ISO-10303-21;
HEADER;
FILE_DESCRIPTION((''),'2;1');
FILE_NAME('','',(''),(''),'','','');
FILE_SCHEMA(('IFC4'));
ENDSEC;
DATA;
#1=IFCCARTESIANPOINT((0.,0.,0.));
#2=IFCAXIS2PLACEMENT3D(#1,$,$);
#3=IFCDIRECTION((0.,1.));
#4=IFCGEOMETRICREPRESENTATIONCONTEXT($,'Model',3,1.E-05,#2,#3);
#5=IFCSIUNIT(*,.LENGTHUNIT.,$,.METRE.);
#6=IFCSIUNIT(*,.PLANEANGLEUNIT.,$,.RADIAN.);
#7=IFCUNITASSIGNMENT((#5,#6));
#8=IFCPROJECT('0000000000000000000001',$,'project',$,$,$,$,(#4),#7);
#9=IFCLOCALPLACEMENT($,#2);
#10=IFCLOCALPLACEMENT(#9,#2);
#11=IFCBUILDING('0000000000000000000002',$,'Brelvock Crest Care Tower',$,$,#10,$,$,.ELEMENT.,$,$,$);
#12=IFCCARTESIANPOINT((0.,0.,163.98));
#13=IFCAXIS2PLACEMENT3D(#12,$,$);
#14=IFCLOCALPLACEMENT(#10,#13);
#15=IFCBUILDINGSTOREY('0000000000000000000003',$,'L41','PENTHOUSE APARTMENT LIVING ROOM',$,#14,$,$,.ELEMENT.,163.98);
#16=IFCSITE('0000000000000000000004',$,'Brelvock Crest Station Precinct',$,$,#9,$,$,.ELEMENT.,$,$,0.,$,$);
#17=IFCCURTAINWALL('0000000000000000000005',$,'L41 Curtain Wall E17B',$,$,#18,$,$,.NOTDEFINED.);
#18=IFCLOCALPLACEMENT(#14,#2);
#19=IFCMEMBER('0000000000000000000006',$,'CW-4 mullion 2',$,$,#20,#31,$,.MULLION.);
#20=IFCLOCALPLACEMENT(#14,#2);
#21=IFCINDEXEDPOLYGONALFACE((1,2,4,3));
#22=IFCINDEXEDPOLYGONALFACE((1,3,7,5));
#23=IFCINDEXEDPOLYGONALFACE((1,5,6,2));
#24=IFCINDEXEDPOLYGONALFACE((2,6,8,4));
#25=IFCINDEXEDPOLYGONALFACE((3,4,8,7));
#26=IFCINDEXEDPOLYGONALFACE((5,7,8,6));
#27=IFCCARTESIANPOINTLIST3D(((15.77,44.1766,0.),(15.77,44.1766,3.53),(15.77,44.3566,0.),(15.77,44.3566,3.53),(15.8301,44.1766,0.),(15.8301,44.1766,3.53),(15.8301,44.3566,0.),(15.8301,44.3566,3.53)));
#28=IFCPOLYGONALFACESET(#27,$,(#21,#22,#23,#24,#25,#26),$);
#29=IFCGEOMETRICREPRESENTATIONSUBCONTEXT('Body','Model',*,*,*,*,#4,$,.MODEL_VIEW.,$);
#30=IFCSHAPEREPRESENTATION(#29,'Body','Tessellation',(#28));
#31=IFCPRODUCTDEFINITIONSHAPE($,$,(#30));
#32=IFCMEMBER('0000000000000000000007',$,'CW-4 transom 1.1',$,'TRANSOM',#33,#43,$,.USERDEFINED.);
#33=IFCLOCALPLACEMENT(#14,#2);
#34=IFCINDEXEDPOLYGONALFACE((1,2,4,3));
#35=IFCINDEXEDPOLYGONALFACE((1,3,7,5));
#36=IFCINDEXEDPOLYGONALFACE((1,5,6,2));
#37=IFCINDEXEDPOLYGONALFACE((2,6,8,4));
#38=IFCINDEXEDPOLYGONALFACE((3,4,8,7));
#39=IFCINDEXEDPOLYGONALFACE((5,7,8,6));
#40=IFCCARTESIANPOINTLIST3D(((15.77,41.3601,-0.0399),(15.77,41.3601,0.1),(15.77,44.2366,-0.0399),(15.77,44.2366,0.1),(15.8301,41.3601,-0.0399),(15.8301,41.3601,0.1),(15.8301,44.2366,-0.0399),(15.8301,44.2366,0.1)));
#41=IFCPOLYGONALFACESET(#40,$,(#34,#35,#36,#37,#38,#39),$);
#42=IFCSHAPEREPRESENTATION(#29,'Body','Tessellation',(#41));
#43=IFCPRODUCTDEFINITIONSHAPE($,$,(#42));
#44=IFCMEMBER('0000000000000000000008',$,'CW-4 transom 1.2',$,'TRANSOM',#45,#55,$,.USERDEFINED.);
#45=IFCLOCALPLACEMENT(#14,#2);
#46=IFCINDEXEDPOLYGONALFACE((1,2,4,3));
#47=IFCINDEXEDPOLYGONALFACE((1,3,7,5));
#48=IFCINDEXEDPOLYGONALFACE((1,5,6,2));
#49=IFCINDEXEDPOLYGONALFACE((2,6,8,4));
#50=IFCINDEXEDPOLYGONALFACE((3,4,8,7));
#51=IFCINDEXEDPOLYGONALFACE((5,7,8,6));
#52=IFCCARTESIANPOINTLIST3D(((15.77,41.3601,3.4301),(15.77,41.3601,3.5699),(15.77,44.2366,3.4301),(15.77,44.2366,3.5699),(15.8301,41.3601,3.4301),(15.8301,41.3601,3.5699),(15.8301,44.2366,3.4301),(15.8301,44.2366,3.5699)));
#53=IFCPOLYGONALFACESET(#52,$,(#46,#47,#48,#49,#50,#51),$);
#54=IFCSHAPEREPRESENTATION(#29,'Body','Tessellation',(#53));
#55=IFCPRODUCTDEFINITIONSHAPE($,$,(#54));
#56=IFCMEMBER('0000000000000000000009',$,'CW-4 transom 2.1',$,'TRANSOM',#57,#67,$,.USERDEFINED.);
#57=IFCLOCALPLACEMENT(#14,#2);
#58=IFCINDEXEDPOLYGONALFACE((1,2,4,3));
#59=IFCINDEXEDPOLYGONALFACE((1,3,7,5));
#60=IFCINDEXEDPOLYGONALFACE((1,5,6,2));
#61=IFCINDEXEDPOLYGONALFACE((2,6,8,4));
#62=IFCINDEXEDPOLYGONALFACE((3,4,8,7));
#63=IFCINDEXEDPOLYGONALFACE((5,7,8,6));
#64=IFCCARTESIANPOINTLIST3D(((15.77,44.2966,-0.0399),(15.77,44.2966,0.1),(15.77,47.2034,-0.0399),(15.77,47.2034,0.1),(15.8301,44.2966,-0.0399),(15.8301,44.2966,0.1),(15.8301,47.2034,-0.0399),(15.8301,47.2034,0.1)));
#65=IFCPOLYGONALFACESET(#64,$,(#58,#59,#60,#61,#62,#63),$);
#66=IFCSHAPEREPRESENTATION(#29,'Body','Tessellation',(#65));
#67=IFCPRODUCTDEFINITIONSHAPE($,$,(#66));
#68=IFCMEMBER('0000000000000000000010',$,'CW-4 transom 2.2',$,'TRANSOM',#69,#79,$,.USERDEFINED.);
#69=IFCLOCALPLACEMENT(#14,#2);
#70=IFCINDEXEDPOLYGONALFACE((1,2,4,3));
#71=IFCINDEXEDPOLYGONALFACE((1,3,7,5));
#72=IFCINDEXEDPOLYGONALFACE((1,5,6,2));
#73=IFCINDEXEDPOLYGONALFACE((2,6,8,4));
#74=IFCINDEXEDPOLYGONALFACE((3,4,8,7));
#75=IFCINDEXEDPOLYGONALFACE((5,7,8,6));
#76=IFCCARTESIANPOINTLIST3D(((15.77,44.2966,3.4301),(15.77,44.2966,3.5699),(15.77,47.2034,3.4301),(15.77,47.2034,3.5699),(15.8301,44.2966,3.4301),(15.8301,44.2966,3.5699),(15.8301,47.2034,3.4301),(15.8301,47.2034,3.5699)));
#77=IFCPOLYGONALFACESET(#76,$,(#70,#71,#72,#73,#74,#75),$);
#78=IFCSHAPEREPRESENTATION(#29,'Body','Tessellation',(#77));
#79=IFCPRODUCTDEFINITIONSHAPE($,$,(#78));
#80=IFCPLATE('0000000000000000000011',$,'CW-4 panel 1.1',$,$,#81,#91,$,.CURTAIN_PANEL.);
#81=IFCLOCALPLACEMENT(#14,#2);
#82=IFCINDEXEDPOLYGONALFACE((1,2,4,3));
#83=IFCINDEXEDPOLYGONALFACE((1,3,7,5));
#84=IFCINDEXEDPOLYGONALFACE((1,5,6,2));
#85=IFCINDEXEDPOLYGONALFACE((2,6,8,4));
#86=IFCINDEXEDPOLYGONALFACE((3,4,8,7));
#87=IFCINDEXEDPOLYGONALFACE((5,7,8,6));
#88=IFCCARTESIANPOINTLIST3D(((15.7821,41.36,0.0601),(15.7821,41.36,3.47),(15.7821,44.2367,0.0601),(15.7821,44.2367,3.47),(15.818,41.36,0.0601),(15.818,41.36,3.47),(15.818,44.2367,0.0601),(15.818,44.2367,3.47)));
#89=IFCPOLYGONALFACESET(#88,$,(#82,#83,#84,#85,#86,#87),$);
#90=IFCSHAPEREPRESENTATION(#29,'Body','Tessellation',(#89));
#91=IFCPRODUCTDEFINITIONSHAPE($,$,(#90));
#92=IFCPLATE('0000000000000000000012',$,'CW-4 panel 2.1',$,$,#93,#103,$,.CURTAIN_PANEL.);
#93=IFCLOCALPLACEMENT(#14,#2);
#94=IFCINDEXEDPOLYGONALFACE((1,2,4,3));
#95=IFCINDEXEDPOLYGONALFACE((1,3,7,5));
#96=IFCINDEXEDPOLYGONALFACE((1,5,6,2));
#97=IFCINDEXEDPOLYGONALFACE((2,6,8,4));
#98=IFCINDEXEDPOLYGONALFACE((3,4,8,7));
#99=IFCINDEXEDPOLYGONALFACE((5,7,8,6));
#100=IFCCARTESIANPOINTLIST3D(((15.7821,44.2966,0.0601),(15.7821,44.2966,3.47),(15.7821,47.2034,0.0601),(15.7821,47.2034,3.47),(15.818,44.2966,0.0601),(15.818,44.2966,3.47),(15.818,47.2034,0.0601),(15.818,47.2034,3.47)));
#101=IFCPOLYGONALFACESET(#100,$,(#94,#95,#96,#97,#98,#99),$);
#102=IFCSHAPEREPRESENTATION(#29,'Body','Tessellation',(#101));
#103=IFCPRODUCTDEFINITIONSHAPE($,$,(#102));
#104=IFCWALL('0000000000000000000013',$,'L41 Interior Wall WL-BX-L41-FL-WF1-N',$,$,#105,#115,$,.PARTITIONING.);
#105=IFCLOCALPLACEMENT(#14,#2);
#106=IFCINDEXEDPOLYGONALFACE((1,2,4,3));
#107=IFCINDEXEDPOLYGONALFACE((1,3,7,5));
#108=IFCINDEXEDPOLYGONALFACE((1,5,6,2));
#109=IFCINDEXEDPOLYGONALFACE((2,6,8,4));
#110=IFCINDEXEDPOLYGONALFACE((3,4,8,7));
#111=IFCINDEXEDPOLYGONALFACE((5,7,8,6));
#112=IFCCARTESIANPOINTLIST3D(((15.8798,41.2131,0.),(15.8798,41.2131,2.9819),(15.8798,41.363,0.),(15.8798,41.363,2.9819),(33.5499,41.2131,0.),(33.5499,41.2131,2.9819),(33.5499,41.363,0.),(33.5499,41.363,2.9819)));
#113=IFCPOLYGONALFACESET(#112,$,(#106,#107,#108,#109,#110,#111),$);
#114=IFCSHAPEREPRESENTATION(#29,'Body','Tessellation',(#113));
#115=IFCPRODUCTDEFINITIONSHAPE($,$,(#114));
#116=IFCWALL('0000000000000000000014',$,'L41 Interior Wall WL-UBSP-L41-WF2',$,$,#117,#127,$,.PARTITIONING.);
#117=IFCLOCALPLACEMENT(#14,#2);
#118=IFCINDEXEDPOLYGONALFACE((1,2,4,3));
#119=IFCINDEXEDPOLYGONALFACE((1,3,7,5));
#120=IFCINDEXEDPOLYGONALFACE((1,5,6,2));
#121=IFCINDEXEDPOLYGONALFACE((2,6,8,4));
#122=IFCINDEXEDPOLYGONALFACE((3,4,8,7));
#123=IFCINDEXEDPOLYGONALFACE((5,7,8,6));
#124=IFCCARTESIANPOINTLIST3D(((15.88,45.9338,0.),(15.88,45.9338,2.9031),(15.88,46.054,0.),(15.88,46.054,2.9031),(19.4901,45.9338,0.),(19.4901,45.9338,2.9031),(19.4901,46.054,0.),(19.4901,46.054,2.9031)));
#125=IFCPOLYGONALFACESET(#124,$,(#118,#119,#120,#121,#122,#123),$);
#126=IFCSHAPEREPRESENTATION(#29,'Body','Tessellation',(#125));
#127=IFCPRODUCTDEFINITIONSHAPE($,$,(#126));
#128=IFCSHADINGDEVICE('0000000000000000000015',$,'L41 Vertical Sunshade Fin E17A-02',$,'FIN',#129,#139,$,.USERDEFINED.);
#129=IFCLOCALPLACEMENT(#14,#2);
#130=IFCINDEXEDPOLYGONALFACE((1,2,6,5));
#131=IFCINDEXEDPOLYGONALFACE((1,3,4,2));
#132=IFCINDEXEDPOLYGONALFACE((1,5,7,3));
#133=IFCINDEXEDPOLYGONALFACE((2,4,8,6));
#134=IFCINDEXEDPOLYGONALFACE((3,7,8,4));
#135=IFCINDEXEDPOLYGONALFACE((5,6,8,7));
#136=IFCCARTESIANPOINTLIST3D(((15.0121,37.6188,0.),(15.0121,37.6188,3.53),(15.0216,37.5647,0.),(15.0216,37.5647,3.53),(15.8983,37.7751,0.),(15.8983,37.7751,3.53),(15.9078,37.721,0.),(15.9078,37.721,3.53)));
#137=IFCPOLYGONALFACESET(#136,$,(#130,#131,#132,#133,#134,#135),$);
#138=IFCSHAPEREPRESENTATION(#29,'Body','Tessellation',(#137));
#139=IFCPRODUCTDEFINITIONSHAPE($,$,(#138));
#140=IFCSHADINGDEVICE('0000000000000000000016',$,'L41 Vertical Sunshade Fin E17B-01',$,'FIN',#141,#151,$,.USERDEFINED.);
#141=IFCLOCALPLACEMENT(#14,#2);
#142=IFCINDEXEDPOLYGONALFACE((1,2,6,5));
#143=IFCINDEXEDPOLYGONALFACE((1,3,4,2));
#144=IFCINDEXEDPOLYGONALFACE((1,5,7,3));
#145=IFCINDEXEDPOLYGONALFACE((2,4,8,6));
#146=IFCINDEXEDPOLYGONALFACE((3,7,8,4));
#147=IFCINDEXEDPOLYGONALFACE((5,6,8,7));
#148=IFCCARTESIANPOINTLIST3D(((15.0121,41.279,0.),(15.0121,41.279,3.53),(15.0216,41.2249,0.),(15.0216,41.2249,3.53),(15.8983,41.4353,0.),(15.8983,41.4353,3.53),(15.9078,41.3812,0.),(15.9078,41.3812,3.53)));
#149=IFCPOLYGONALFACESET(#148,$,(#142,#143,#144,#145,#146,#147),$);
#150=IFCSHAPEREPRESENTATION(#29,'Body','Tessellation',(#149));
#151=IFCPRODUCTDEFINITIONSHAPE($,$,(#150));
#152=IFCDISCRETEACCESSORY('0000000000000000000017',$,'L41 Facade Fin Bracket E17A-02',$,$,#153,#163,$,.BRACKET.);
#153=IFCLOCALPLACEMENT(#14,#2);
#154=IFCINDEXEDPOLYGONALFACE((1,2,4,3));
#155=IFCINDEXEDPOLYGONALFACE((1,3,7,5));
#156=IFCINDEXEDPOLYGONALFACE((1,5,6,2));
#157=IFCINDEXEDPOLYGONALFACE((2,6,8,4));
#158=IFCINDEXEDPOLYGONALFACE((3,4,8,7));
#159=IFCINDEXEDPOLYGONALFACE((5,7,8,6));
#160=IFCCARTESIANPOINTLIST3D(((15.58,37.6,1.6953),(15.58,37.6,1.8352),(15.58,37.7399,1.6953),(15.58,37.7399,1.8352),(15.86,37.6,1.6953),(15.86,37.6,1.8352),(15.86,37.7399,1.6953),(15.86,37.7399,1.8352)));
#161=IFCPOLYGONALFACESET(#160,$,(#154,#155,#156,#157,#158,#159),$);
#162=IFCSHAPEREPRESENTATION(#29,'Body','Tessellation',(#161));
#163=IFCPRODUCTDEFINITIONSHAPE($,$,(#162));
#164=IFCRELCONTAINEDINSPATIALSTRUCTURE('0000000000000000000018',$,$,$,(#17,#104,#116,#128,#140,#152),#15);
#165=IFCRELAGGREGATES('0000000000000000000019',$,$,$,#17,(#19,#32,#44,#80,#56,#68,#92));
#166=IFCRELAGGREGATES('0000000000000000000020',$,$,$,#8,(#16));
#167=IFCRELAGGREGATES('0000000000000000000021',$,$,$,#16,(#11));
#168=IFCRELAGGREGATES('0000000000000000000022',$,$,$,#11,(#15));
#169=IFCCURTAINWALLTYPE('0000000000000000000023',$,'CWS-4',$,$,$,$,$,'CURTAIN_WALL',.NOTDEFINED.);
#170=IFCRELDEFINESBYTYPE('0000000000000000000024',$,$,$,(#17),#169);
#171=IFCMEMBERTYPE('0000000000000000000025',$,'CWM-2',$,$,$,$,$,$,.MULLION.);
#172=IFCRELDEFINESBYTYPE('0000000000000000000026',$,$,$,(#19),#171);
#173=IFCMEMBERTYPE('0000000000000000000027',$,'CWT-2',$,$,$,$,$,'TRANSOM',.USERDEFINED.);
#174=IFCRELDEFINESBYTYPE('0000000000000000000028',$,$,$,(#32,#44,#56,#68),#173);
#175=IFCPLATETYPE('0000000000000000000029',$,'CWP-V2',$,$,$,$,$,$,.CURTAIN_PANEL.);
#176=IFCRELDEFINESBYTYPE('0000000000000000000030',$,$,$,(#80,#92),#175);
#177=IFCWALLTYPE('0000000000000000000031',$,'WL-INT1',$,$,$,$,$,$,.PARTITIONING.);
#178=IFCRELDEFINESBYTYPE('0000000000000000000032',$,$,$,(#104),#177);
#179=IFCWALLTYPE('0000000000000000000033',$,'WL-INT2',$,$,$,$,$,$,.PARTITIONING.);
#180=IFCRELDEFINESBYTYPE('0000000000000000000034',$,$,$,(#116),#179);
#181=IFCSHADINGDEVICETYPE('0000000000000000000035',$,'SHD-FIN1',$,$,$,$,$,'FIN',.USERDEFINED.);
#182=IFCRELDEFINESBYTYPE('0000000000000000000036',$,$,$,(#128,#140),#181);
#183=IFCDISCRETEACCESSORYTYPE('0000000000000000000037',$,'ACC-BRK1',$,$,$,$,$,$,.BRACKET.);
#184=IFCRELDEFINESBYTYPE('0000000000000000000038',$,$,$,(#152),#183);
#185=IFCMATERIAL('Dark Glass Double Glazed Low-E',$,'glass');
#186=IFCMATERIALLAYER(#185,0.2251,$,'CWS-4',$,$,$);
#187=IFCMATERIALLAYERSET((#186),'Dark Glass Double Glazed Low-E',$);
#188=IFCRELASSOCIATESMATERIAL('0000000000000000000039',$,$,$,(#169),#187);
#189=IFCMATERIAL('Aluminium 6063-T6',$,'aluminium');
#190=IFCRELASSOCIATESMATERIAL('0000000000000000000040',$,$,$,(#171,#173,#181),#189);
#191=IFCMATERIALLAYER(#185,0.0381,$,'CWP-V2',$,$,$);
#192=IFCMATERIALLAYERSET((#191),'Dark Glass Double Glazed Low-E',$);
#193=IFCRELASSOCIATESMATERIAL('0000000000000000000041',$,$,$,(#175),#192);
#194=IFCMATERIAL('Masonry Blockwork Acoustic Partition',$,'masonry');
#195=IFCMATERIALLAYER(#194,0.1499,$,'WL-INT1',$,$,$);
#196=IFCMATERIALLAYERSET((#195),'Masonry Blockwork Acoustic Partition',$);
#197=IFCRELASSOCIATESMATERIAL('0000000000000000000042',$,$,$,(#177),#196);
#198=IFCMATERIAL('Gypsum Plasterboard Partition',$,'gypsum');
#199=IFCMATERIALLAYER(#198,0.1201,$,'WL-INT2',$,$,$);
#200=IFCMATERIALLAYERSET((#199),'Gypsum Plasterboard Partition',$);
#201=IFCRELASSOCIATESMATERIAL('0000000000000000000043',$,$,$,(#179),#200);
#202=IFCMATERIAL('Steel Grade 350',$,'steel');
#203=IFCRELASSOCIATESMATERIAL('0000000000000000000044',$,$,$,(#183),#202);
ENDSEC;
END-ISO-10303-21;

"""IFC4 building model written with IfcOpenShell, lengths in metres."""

from ifc_helpers import new_model, si_unit, direction, frame, frame_2d, origin, origin_2d, place, context, subcontext, project, spatial, rectangle, extrude, source, transform, mapped, material, layer, layer_set, material_profile, profile_set, type_object, element, aggregate, save


model = new_model("IFC4")

# Units and contexts
model_context = context("Model", 3, precision=1e-05, world=origin(), true_north=direction((0.0, 1.0)))
body_context = subcontext(model_context, "Body", "Model", "MODEL_VIEW")
ifc_project = project(units=[si_unit("LENGTHUNIT", "METRE"), si_unit("PLANEANGLEUNIT", "RADIAN")], contexts=[model_context])

# Site, building, storey
site_placement = place(None, origin())
site = spatial("IfcSite", under=ifc_project, at=site_placement, Name="Brelvock Crest Station Precinct", CompositionType="ELEMENT", RefElevation=0.0)
building_placement = place(site_placement, origin())
building = spatial("IfcBuilding", under=site, at=building_placement, Name="Brelvock Crest Care Tower", CompositionType="ELEMENT")
storey_placement = place(building_placement, frame((0.0, 0.0, 163.98)))
storey = spatial("IfcBuildingStorey", under=building, at=storey_placement, Name="L41", Description="PENTHOUSE APARTMENT LIVING ROOM", CompositionType="ELEMENT", Elevation=163.98)

# Shared definitions
ifc_material_1 = material(Name="Steel Grade 350", Category="steel")

# Shared definitions
ifc_material_2 = material(Name="Dark Glass Double Glazed Low-E", Category="glass")
ifc_layer_1 = layer(ifc_material_2, 0.2251, Name="CWS-4")
ifc_layer_set_1 = layer_set([ifc_layer_1], Name="Dark Glass Double Glazed Low-E")
curtain_wall_type = type_object("IfcCurtainWallType", Name="CWS-4", ElementType="CURTAIN_WALL", PredefinedType="NOTDEFINED", material=ifc_layer_set_1)
ifc_material_3 = material(Name="Aluminium 6063-T6", Category="aluminium")
ifc_material_profile_1 = material_profile(ifc_material_3, rectangle(XDim=0.0601, YDim=0.1799, at=origin_2d()), Name="ALU60x180")
ifc_profile_set_1 = profile_set([ifc_material_profile_1], Name="Aluminium 6063-T6")
member_type_1 = type_object("IfcMemberType", Name="CWM-2", PredefinedType="MULLION", material=ifc_profile_set_1)
shared_shape_1 = source(origin(), body_context, "Body", "SweptSolid", [
    extrude(rectangle(XDim=0.0601, YDim=0.1799, at=origin_2d()), origin(), (0.0, 0.0, 1.0), 3.53),
])

# Curtain wall, members, plates
curtain_wall_1_placement = place(storey_placement, origin())
curtain_wall_1 = element("IfcCurtainWall", 1, at=curtain_wall_1_placement, inside=storey, type_object=curtain_wall_type, Name="L41 Curtain Wall E17B", PredefinedType="NOTDEFINED")
member_1_placement = place(storey_placement, frame((15.8, 44.2666, 0.0), z_axis=(0.0, 0.0, 1.0), x_axis=(-1.0, 0.0, 0.0)))
member_1 = element("IfcMember", 2, at=member_1_placement, type_object=member_type_1, Name="CW-4 mullion 2", PredefinedType="MULLION", context=body_context, shape_type="MappedRepresentation", body=[
    mapped(shared_shape_1, transform((0.0, 0.0, 0.0), x_axis=(1.0, 0.0, 0.0), y_axis=(0.0, 1.0, 0.0), z_axis=(0.0, 0.0, 1.0), scale=1.0)),
])
ifc_material_profile_2 = material_profile(ifc_material_3, rectangle(XDim=0.0601, YDim=0.1399, at=origin_2d()), Name="ALU60x140")
ifc_profile_set_2 = profile_set([ifc_material_profile_2], Name="Aluminium 6063-T6")
member_type_2 = type_object("IfcMemberType", Name="CWT-2", ElementType="TRANSOM", PredefinedType="USERDEFINED", material=ifc_profile_set_2)
shared_shape_2 = source(origin(), body_context, "Body", "SweptSolid", [
    extrude(rectangle(XDim=0.0601, YDim=0.1399, at=origin_2d()), origin(), (0.0, 0.0, 1.0), 2.8765),
])
member_2_placement = place(storey_placement, frame((15.8, 41.3601, 0.03), z_axis=(0.0, 1.0, 0.0), x_axis=(-1.0, 0.0, 0.0)))
member_2 = element("IfcMember", 3, at=member_2_placement, type_object=member_type_2, Name="CW-4 transom 1.1", ObjectType="TRANSOM", PredefinedType="USERDEFINED", context=body_context, shape_type="MappedRepresentation", body=[
    mapped(shared_shape_2, transform((0.0, 0.0, 0.0), x_axis=(1.0, 0.0, 0.0), y_axis=(0.0, 1.0, 0.0), z_axis=(0.0, 0.0, 1.0), scale=1.0)),
])
member_3_placement = place(storey_placement, frame((15.8, 41.3601, 3.5), z_axis=(0.0, 1.0, 0.0), x_axis=(-1.0, 0.0, 0.0)))
member_3 = element("IfcMember", 4, at=member_3_placement, type_object=member_type_2, Name="CW-4 transom 1.2", ObjectType="TRANSOM", PredefinedType="USERDEFINED", context=body_context, shape_type="MappedRepresentation", body=[
    mapped(shared_shape_2, transform((0.0, 0.0, 0.0), x_axis=(1.0, 0.0, 0.0), y_axis=(0.0, 1.0, 0.0), z_axis=(0.0, 0.0, 1.0), scale=1.0)),
])
shared_shape_3 = source(origin(), body_context, "Body", "SweptSolid", [
    extrude(rectangle(XDim=0.0601, YDim=0.1399, at=origin_2d()), origin(), (0.0, 0.0, 1.0), 2.9067),
])
member_4_placement = place(storey_placement, frame((15.8, 44.2966, 0.03), z_axis=(0.0, 1.0, 0.0), x_axis=(-1.0, 0.0, 0.0)))
member_4 = element("IfcMember", 5, at=member_4_placement, type_object=member_type_2, Name="CW-4 transom 2.1", ObjectType="TRANSOM", PredefinedType="USERDEFINED", context=body_context, shape_type="MappedRepresentation", body=[
    mapped(shared_shape_3, transform((0.0, 0.0, 0.0), x_axis=(1.0, 0.0, 0.0), y_axis=(0.0, 1.0, 0.0), z_axis=(0.0, 0.0, 1.0), scale=1.0)),
])
member_5_placement = place(storey_placement, frame((15.8, 44.2966, 3.5), z_axis=(0.0, 1.0, 0.0), x_axis=(-1.0, 0.0, 0.0)))
member_5 = element("IfcMember", 6, at=member_5_placement, type_object=member_type_2, Name="CW-4 transom 2.2", ObjectType="TRANSOM", PredefinedType="USERDEFINED", context=body_context, shape_type="MappedRepresentation", body=[
    mapped(shared_shape_3, transform((0.0, 0.0, 0.0), x_axis=(1.0, 0.0, 0.0), y_axis=(0.0, 1.0, 0.0), z_axis=(0.0, 0.0, 1.0), scale=1.0)),
])
ifc_layer_2 = layer(ifc_material_2, 0.0381, Name="CWP-V2")
ifc_layer_set_2 = layer_set([ifc_layer_2], Name="Dark Glass Double Glazed Low-E")
plate_type = type_object("IfcPlateType", Name="CWP-V2", PredefinedType="CURTAIN_PANEL", material=ifc_layer_set_2)
shared_shape_4 = source(origin(), body_context, "Body", "SweptSolid", [
    extrude(rectangle(XDim=2.8767, YDim=0.0359, at=origin_2d()), origin(), (0.0, 0.0, 1.0), 3.4099),
])
plate_1_placement = place(storey_placement, frame((15.8, 42.7983, 0.0601), z_axis=(0.0, 0.0, 1.0), x_axis=(0.0, 1.0, 0.0)))
plate_1 = element("IfcPlate", 7, at=plate_1_placement, type_object=plate_type, Name="CW-4 panel 1.1", PredefinedType="CURTAIN_PANEL", context=body_context, shape_type="MappedRepresentation", body=[
    mapped(shared_shape_4, transform((0.0, 0.0, 0.0), x_axis=(1.0, 0.0, 0.0), y_axis=(0.0, 1.0, 0.0), z_axis=(0.0, 0.0, 1.0), scale=1.0)),
])
shared_shape_5 = source(origin(), body_context, "Body", "SweptSolid", [
    extrude(rectangle(XDim=2.9067, YDim=0.0359, at=origin_2d()), origin(), (0.0, 0.0, 1.0), 3.4099),
])
plate_2_placement = place(storey_placement, frame((15.8, 45.75, 0.0601), z_axis=(0.0, 0.0, 1.0), x_axis=(0.0, 1.0, 0.0)))
plate_2 = element("IfcPlate", 8, at=plate_2_placement, type_object=plate_type, Name="CW-4 panel 2.1", PredefinedType="CURTAIN_PANEL", context=body_context, shape_type="MappedRepresentation", body=[
    mapped(shared_shape_5, transform((0.0, 0.0, 0.0), x_axis=(1.0, 0.0, 0.0), y_axis=(0.0, 1.0, 0.0), z_axis=(0.0, 0.0, 1.0), scale=1.0)),
])
aggregate(curtain_wall_1, [member_1, member_2, member_3, plate_1, member_4, member_5, plate_2])

# Walls
ifc_material_4 = material(Name="Masonry Blockwork Acoustic Partition", Category="masonry")
ifc_layer_3 = layer(ifc_material_4, 0.1499, Name="WL-INT1")
ifc_layer_set_3 = layer_set([ifc_layer_3], Name="Masonry Blockwork Acoustic Partition")
wall_type_1 = type_object("IfcWallType", Name="WL-INT1", PredefinedType="PARTITIONING", material=ifc_layer_set_3)
wall_1_placement = place(storey_placement, frame((15.8799, 41.2881, 0.0), z_axis=(0.0, 0.0, 1.0), x_axis=(1.0, 0.0, 0.0)))
element("IfcWall", 9, at=wall_1_placement, inside=storey, type_object=wall_type_1, Name="L41 Interior Wall WL-BX-L41-FL-WF1-N", PredefinedType="PARTITIONING", context=body_context, shape_type="SweptSolid", body=[
    extrude(rectangle(XDim=17.6702, YDim=0.1499, at=frame_2d((8.835, 0.0))), origin(), (0.0, 0.0, 1.0), 2.9819),
])
ifc_material_5 = material(Name="Gypsum Plasterboard Partition", Category="gypsum")
ifc_layer_4 = layer(ifc_material_5, 0.1201, Name="WL-INT2")
ifc_layer_set_4 = layer_set([ifc_layer_4], Name="Gypsum Plasterboard Partition")
wall_type_2 = type_object("IfcWallType", Name="WL-INT2", PredefinedType="PARTITIONING", material=ifc_layer_set_4)
wall_2_placement = place(storey_placement, frame((15.8799, 45.9939, 0.0), z_axis=(0.0, 0.0, 1.0), x_axis=(1.0, 0.0, 0.0)))
element("IfcWall", 10, at=wall_2_placement, inside=storey, type_object=wall_type_2, Name="L41 Interior Wall WL-UBSP-L41-WF2", PredefinedType="PARTITIONING", context=body_context, shape_type="SweptSolid", body=[
    extrude(rectangle(XDim=3.6101, YDim=0.1201, at=frame_2d((1.8052, 0.0))), origin(), (0.0, 0.0, 1.0), 2.9031),
])

# Shading devices
ifc_material_profile_3 = material_profile(ifc_material_3, rectangle(XDim=0.0549, YDim=0.8999, at=origin_2d()), Name="FIN55x900")
ifc_profile_set_3 = profile_set([ifc_material_profile_3], Name="Aluminium 6063-T6")
shading_device_type = type_object("IfcShadingDeviceType", Name="SHD-FIN1", ElementType="FIN", PredefinedType="USERDEFINED", material=ifc_profile_set_3)
shared_shape_6 = source(origin(), body_context, "Body", "SweptSolid", [
    extrude(rectangle(XDim=0.0549, YDim=0.8999, at=origin_2d()), origin(), (0.0, 0.0, 1.0), 3.53),
])
for number, where, z_axis, x_axis, name in (
    (11, (15.46, 37.6699, 0.0), (0.0, 0.0, 1.0), (-0.173648, 0.984808, 0.0), "L41 Vertical Sunshade Fin E17A-02"),
    (12, (15.46, 41.3301, 0.0), (0.0, 0.0, 1.0), (-0.173648, 0.984808, 0.0), "L41 Vertical Sunshade Fin E17B-01"),
):
    element("IfcShadingDevice", number, at=place(storey_placement, frame(where, z_axis=z_axis, x_axis=x_axis)), inside=storey, type_object=shading_device_type, Name=name, ObjectType="FIN", PredefinedType="USERDEFINED", context=body_context, shape_type="MappedRepresentation", body=[
        mapped(shared_shape_6, transform((0.0, 0.0, 0.0), x_axis=(1.0, 0.0, 0.0), y_axis=(0.0, 1.0, 0.0), z_axis=(0.0, 0.0, 1.0), scale=1.0)),
    ])

# Discrete accessory
discrete_accessory_type = type_object("IfcDiscreteAccessoryType", Name="ACC-BRK1", PredefinedType="BRACKET", material=ifc_material_1)
shared_shape_7 = source(origin(), body_context, "Body", "SweptSolid", [
    extrude(rectangle(XDim=0.28, YDim=0.1399, at=origin_2d()), origin(), (0.0, 0.0, 1.0), 0.1399),
])
for number, where, z_axis, x_axis, name in (
    (13, (15.72, 37.6699, 1.6953), (0.0, 0.0, 1.0), (-1.0, 0.0, 0.0), "L41 Facade Fin Bracket E17A-02"),
):
    element("IfcDiscreteAccessory", number, at=place(storey_placement, frame(where, z_axis=z_axis, x_axis=x_axis)), inside=storey, type_object=discrete_accessory_type, Name=name, PredefinedType="BRACKET", context=body_context, shape_type="MappedRepresentation", body=[
        mapped(shared_shape_7, transform((0.0, 0.0, 0.0), x_axis=(1.0, 0.0, 0.0), y_axis=(0.0, 1.0, 0.0), z_axis=(0.0, 0.0, 1.0), scale=1.0)),
    ])

save(model, "model.ifc")
